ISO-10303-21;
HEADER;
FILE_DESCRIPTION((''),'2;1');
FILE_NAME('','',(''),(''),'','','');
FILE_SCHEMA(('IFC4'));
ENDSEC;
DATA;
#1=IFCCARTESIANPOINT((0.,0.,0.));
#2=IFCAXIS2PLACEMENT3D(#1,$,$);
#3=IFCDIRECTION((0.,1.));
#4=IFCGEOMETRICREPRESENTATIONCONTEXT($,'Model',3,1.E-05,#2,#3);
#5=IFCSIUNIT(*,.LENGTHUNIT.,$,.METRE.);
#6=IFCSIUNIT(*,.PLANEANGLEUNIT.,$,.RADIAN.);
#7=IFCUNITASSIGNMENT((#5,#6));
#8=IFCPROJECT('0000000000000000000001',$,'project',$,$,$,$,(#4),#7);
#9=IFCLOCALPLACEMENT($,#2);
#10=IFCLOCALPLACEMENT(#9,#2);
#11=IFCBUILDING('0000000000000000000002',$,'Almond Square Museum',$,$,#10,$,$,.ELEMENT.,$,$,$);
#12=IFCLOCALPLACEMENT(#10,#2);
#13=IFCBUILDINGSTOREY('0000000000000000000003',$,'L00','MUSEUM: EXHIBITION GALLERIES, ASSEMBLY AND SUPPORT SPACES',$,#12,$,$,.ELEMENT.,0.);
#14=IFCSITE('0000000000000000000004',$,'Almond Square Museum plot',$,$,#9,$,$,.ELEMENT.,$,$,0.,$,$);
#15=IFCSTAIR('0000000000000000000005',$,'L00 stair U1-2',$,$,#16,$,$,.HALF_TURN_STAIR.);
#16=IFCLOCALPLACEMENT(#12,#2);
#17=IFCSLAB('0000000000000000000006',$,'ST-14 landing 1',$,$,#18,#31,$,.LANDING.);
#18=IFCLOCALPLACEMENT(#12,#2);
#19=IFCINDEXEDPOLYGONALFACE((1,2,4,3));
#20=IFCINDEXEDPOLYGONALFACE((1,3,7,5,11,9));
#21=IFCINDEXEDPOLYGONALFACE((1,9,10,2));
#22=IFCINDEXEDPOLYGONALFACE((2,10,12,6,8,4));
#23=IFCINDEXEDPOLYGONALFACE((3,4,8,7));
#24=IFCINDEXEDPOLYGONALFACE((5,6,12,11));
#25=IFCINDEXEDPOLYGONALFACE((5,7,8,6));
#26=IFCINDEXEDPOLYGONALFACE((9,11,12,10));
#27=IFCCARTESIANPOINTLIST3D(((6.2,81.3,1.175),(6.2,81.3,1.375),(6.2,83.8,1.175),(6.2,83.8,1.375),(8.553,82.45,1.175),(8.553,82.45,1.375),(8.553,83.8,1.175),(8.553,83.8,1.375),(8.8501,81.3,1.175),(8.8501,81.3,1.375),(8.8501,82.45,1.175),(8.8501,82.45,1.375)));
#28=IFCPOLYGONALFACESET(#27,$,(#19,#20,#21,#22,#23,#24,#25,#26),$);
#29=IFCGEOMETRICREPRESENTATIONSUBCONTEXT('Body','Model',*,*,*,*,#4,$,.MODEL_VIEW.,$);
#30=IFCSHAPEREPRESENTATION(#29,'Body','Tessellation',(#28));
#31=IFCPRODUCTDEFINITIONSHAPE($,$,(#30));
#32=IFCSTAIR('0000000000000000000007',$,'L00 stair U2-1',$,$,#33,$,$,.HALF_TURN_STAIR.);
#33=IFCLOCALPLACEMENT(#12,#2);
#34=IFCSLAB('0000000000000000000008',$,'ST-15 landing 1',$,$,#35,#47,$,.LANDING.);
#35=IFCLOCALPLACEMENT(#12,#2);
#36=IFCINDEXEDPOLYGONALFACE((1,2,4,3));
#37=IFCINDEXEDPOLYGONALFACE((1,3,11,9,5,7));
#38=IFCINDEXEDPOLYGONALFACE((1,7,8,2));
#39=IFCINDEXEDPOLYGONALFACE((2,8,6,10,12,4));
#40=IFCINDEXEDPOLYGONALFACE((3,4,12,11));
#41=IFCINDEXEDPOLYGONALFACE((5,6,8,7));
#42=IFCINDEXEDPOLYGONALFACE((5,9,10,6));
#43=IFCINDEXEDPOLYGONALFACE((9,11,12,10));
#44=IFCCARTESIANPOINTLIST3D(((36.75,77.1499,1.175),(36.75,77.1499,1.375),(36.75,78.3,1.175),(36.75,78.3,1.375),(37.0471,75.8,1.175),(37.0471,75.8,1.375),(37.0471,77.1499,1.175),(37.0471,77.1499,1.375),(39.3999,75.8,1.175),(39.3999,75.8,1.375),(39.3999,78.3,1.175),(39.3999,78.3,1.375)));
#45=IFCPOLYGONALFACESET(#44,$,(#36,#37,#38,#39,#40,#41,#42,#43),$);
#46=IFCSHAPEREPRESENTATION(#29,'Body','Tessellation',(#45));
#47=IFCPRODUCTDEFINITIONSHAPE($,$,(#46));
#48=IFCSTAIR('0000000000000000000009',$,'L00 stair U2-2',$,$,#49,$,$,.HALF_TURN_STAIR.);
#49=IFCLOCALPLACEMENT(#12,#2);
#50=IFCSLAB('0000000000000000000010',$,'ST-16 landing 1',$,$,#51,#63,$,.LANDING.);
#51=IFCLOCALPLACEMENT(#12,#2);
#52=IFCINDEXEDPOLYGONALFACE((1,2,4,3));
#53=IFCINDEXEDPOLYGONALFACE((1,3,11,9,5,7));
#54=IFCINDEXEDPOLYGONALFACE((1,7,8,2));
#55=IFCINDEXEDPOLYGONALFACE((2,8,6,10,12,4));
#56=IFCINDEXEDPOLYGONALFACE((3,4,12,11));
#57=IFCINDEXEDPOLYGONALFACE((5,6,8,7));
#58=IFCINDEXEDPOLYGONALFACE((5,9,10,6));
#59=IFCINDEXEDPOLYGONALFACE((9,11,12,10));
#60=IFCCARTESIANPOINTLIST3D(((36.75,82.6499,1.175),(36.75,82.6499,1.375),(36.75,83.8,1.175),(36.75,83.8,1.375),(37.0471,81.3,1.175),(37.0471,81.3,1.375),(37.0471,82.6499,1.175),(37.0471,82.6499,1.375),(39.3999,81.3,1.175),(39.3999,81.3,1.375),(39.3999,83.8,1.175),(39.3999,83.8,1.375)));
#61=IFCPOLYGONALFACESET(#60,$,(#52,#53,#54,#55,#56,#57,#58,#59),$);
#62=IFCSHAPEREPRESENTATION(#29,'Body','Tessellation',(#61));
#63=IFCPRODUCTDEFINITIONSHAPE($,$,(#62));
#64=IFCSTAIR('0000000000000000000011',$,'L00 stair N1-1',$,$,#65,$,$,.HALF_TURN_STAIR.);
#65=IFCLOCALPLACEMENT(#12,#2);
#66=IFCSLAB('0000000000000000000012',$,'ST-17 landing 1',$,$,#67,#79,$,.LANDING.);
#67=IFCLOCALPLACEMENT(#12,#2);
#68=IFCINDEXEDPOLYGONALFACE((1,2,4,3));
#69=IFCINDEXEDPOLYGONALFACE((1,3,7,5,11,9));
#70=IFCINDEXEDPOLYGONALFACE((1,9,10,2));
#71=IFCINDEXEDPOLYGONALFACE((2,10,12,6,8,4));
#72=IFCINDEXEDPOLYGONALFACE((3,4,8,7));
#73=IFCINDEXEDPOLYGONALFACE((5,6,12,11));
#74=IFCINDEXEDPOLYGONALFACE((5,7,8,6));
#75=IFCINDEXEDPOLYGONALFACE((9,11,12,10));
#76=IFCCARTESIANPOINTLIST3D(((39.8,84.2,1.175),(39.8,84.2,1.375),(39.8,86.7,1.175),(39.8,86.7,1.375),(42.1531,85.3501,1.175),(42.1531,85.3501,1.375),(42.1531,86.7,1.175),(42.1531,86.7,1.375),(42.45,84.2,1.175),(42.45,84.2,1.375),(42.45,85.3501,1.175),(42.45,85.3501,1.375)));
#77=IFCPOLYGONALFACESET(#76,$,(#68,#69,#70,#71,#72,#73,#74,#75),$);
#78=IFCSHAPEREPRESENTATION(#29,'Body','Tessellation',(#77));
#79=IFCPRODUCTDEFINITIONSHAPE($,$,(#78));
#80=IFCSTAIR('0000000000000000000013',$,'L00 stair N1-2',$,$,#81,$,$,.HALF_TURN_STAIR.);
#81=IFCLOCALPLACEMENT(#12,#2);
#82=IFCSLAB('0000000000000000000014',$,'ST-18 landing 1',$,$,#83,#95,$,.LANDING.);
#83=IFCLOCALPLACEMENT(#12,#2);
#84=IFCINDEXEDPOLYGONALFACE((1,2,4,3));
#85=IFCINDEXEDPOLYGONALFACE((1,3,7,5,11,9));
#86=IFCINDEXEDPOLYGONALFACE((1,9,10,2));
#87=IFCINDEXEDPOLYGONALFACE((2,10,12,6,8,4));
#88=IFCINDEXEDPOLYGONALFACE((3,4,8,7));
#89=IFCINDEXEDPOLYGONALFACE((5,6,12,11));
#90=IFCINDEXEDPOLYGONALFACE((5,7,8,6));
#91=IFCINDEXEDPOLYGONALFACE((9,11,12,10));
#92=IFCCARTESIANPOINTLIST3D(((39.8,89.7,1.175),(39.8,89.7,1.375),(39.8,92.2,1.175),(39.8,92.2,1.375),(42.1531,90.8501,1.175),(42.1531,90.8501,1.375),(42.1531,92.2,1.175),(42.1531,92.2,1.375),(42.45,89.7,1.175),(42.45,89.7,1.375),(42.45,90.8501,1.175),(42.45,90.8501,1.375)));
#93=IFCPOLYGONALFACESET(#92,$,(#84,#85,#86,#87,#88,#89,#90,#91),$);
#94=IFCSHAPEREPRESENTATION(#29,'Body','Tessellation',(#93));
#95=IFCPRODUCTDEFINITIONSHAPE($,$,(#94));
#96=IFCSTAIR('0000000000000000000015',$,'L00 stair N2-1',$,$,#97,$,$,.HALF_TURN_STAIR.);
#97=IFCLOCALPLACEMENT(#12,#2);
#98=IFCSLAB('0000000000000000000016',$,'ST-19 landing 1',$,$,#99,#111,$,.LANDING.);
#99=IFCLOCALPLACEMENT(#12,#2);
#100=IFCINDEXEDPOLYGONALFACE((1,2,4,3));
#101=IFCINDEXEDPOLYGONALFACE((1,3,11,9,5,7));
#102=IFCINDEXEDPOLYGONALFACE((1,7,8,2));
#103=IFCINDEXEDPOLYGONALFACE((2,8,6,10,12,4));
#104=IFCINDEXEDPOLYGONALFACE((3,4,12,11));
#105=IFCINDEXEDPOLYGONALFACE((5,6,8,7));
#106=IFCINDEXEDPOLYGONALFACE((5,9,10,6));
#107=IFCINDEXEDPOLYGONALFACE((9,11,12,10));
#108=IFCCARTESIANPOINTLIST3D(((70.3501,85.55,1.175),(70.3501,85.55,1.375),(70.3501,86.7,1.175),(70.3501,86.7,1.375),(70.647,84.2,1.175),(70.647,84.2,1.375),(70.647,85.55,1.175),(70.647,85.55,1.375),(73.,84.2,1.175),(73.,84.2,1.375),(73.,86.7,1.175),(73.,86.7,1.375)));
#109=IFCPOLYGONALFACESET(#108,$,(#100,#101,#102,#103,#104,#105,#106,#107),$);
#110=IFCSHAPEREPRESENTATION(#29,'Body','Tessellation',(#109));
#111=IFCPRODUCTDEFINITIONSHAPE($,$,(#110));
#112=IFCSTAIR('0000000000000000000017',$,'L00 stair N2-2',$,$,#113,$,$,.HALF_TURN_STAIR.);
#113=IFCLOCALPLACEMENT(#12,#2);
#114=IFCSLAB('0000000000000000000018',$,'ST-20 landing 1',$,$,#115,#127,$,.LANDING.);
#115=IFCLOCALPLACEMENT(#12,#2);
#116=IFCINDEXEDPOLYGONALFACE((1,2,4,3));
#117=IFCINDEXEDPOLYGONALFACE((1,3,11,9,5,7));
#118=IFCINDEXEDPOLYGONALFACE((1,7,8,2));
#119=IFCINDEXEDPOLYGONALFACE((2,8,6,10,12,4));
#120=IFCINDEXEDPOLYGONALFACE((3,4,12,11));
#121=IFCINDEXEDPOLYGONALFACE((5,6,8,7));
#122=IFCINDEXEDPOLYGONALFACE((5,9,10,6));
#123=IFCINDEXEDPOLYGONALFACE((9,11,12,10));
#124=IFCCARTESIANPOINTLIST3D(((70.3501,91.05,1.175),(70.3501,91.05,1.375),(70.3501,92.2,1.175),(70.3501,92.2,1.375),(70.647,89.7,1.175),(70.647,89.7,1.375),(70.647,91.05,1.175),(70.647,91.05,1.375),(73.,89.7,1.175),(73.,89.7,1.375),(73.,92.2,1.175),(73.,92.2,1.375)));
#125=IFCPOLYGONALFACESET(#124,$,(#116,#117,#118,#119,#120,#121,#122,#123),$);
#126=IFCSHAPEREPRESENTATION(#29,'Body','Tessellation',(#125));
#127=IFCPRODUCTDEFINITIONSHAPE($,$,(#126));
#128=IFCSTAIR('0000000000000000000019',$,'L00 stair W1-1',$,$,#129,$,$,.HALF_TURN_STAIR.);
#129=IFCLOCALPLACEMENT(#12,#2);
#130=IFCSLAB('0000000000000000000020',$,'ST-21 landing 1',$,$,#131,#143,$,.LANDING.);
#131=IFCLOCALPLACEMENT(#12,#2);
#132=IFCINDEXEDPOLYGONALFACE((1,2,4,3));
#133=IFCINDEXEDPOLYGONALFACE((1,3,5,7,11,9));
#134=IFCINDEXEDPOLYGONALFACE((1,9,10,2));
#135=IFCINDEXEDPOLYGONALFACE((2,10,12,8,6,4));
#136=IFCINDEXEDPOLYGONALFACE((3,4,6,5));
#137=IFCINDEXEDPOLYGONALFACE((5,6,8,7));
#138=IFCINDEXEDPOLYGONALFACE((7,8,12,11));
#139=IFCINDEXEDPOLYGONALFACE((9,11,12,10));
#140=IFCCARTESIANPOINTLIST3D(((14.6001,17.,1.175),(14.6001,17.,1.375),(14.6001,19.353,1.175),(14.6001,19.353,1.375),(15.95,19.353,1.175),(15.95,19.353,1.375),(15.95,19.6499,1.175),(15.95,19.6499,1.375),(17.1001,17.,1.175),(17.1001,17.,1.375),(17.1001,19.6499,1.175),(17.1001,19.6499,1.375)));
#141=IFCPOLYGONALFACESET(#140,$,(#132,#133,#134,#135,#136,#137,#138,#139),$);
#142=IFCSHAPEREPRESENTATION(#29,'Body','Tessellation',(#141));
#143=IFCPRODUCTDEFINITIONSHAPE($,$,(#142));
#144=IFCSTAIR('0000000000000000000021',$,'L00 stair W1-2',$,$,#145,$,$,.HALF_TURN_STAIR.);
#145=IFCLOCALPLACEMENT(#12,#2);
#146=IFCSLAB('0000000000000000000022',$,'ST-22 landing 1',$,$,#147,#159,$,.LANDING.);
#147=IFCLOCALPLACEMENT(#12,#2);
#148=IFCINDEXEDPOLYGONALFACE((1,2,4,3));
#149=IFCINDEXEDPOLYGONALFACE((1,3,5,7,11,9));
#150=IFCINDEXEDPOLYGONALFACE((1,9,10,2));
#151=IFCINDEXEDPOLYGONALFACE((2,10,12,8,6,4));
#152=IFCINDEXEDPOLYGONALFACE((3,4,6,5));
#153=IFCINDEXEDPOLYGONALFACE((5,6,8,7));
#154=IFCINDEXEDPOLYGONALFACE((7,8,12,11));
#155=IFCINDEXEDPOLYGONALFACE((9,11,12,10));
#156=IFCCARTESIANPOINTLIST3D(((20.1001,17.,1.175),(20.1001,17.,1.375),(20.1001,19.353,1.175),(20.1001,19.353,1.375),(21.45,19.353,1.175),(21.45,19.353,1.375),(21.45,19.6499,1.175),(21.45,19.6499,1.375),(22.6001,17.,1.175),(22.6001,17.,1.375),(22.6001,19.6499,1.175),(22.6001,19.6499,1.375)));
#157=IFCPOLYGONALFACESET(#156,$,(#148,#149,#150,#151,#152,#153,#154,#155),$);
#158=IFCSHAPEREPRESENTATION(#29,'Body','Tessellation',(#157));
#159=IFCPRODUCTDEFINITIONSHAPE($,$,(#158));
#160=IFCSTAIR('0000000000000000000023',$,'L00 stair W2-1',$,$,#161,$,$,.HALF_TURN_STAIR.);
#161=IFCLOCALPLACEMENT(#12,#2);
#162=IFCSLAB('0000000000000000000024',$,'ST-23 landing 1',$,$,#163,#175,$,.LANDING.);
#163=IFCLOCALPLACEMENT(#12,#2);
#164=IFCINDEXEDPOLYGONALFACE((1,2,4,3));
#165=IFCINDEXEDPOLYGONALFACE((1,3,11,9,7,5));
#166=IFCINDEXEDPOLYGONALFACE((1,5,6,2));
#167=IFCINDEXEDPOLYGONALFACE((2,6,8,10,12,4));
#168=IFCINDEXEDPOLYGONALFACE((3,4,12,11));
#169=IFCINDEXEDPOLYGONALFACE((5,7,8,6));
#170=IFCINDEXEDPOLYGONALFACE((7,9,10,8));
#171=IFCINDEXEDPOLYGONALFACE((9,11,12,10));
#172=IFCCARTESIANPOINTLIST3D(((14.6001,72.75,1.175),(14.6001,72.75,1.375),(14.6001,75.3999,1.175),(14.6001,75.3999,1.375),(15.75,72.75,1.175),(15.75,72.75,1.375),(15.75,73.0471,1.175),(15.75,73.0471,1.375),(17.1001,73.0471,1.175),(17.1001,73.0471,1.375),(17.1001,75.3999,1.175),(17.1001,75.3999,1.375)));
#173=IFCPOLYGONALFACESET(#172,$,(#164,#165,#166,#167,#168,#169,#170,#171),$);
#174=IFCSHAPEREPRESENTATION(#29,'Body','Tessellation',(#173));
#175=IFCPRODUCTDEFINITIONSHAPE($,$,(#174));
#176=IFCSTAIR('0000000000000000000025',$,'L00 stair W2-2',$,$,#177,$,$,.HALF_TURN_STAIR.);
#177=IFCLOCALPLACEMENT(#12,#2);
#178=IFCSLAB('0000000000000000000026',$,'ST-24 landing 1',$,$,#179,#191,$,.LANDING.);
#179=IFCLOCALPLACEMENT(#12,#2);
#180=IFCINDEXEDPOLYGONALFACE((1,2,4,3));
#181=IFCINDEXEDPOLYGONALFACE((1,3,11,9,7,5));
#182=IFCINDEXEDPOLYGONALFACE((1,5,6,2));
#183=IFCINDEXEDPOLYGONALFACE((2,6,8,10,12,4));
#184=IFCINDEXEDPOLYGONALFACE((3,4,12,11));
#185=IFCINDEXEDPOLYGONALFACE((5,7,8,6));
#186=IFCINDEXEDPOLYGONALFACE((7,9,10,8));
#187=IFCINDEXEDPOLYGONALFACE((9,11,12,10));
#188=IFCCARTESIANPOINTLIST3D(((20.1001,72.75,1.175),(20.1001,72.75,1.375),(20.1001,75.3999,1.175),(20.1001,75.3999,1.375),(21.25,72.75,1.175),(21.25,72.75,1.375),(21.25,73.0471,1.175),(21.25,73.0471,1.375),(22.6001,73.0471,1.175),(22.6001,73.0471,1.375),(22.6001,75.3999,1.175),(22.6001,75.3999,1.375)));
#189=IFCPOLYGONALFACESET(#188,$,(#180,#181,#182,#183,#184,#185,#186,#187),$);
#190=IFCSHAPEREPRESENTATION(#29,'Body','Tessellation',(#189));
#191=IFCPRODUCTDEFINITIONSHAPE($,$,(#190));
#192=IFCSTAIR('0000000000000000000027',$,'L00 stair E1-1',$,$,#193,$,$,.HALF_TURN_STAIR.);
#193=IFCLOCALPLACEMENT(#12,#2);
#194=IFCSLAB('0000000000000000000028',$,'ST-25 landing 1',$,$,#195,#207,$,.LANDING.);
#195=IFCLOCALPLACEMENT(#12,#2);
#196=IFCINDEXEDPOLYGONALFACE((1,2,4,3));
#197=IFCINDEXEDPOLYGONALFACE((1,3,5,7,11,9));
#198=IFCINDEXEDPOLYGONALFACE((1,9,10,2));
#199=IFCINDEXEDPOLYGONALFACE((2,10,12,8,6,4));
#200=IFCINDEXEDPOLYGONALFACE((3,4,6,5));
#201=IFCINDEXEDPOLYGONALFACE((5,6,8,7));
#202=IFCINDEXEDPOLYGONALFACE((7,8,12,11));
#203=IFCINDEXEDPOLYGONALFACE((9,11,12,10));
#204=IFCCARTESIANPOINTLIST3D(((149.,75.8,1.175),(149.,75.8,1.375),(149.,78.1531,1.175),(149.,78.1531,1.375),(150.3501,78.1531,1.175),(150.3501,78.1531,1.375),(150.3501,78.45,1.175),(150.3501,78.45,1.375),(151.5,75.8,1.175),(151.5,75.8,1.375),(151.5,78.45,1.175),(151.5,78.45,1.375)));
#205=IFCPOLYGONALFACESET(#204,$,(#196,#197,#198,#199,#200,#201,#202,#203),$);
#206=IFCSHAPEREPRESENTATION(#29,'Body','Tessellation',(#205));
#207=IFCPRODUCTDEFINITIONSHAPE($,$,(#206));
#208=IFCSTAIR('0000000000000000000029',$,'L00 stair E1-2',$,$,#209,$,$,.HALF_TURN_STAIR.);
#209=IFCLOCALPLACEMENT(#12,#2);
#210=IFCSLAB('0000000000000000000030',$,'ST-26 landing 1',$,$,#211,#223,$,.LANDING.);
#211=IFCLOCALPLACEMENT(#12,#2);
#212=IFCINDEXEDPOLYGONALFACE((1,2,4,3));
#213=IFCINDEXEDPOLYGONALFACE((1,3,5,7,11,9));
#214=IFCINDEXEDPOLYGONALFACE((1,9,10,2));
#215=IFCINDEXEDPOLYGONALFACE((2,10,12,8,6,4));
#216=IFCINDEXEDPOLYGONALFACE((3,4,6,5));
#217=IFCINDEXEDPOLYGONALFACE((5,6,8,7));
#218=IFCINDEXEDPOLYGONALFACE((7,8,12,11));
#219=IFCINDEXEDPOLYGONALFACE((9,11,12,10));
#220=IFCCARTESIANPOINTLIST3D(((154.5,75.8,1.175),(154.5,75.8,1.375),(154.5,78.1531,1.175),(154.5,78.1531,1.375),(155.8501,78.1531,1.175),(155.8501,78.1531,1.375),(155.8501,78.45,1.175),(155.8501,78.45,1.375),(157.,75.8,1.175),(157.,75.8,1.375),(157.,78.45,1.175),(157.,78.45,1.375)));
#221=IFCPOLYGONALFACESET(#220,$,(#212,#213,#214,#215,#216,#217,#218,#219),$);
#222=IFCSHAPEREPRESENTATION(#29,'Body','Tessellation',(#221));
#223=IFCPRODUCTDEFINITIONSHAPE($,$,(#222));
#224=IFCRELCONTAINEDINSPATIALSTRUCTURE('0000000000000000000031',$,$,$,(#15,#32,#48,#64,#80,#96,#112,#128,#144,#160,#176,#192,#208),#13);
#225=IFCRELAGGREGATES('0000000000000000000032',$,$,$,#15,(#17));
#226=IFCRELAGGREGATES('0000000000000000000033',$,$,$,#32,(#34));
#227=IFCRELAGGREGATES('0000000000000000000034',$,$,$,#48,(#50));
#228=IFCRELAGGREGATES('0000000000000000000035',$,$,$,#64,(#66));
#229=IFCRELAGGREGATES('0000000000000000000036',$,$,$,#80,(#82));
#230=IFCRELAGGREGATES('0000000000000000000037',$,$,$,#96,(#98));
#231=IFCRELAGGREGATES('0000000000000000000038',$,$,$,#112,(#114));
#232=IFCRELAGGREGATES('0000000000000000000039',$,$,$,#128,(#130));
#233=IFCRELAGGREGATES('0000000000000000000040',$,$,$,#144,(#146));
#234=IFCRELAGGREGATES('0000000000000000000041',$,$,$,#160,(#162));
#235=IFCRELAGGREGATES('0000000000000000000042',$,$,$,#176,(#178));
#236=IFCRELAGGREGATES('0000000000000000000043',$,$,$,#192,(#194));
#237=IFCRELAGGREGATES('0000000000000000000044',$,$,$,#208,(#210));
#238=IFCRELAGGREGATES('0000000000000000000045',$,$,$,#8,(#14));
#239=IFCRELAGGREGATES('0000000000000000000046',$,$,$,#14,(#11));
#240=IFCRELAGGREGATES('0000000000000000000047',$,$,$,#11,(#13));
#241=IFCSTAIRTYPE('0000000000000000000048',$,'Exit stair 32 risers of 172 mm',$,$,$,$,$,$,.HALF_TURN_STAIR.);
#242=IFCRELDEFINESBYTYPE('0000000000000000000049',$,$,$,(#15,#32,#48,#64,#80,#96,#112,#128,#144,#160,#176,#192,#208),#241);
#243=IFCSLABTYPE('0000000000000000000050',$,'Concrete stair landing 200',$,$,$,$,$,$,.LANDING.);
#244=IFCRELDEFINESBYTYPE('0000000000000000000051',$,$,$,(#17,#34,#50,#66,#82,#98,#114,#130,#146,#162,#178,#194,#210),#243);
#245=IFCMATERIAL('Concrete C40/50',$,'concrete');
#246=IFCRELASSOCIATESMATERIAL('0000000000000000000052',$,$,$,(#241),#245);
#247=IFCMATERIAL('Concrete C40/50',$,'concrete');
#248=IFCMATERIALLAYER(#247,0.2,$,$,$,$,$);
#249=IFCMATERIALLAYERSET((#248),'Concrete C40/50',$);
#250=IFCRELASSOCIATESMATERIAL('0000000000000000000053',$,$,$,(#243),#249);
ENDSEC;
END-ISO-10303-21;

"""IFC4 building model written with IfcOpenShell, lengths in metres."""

from ifc_helpers import new_model, si_unit, direction, frame, origin, place, context, subcontext, project, spatial, polyline, outline, extrude, material, layer, layer_set, type_object, element, aggregate, save


model = new_model("IFC4")

# Units and contexts
model_context = context("Model", 3, precision=1e-05, world=origin(), true_north=direction((0.0, 1.0)))
body_context = subcontext(model_context, "Body", "Model", "MODEL_VIEW")
ifc_project = project(units=[si_unit("LENGTHUNIT", "METRE"), si_unit("PLANEANGLEUNIT", "RADIAN")], contexts=[model_context])

# Site, building, storey
site_placement = place(None, origin())
site = spatial("IfcSite", under=ifc_project, at=site_placement, Name="Almond Square Museum plot", CompositionType="ELEMENT", RefElevation=0.0)
building_placement = place(site_placement, origin())
building = spatial("IfcBuilding", under=site, at=building_placement, Name="Almond Square Museum", CompositionType="ELEMENT")
storey_placement = place(building_placement, origin())
storey = spatial("IfcBuildingStorey", under=building, at=storey_placement, Name="L00", Description="MUSEUM: EXHIBITION GALLERIES, ASSEMBLY AND SUPPORT SPACES", CompositionType="ELEMENT", Elevation=0.0)

# Stairs, slabs
ifc_material_1 = material(Name="Concrete C40/50", Category="concrete")
stair_type = type_object("IfcStairType", Name="Exit stair 32 risers of 172 mm", PredefinedType="HALF_TURN_STAIR", material=ifc_material_1)
ifc_material_2 = material(Name="Concrete C40/50", Category="concrete")
ifc_layer = layer(ifc_material_2, 0.2)
ifc_layer_set = layer_set([ifc_layer], Name="Concrete C40/50")
slab_type = type_object("IfcSlabType", Name="Concrete stair landing 200", PredefinedType="LANDING", material=ifc_layer_set)
stair_1_placement = place(storey_placement, origin())
stair_1 = element("IfcStair", 1, at=stair_1_placement, inside=storey, type_object=stair_type, Name="L00 stair U1-2", PredefinedType="HALF_TURN_STAIR")
slab_1_placement = place(storey_placement, frame((0.0, 0.0, 1.175)))
slab_1 = element("IfcSlab", 2, at=slab_1_placement, type_object=slab_type, Name="ST-14 landing 1", PredefinedType="LANDING", context=body_context, shape_type="SweptSolid", body=[
    extrude(outline(polyline([(8.553, 83.8), (6.2, 83.8), (6.2, 81.3), (8.8501, 81.3), (8.8501, 82.45), (8.553, 82.45), (8.553, 83.8)])), origin(), (0.0, 0.0, 1.0), 0.2),
])
aggregate(stair_1, [slab_1])
stair_2_placement = place(storey_placement, origin())
stair_2 = element("IfcStair", 3, at=stair_2_placement, inside=storey, type_object=stair_type, Name="L00 stair U2-1", PredefinedType="HALF_TURN_STAIR")
slab_2_placement = place(storey_placement, frame((0.0, 0.0, 1.175)))
slab_2 = element("IfcSlab", 4, at=slab_2_placement, type_object=slab_type, Name="ST-15 landing 1", PredefinedType="LANDING", context=body_context, shape_type="SweptSolid", body=[
    extrude(outline(polyline([(37.0471, 75.8), (39.3999, 75.8), (39.3999, 78.3), (36.75, 78.3), (36.75, 77.1499), (37.0471, 77.1499), (37.0471, 75.8)])), origin(), (0.0, 0.0, 1.0), 0.2),
])
aggregate(stair_2, [slab_2])
stair_3_placement = place(storey_placement, origin())
stair_3 = element("IfcStair", 5, at=stair_3_placement, inside=storey, type_object=stair_type, Name="L00 stair U2-2", PredefinedType="HALF_TURN_STAIR")
slab_3_placement = place(storey_placement, frame((0.0, 0.0, 1.175)))
slab_3 = element("IfcSlab", 6, at=slab_3_placement, type_object=slab_type, Name="ST-16 landing 1", PredefinedType="LANDING", context=body_context, shape_type="SweptSolid", body=[
    extrude(outline(polyline([(37.0471, 81.3), (39.3999, 81.3), (39.3999, 83.8), (36.75, 83.8), (36.75, 82.6499), (37.0471, 82.6499), (37.0471, 81.3)])), origin(), (0.0, 0.0, 1.0), 0.2),
])
aggregate(stair_3, [slab_3])
stair_4_placement = place(storey_placement, origin())
stair_4 = element("IfcStair", 7, at=stair_4_placement, inside=storey, type_object=stair_type, Name="L00 stair N1-1", PredefinedType="HALF_TURN_STAIR")
slab_4_placement = place(storey_placement, frame((0.0, 0.0, 1.175)))
slab_4 = element("IfcSlab", 8, at=slab_4_placement, type_object=slab_type, Name="ST-17 landing 1", PredefinedType="LANDING", context=body_context, shape_type="SweptSolid", body=[
    extrude(outline(polyline([(42.1531, 86.7), (39.8, 86.7), (39.8, 84.2), (42.45, 84.2), (42.45, 85.3501), (42.1531, 85.3501), (42.1531, 86.7)])), origin(), (0.0, 0.0, 1.0), 0.2),
])
aggregate(stair_4, [slab_4])
stair_5_placement = place(storey_placement, origin())
stair_5 = element("IfcStair", 9, at=stair_5_placement, inside=storey, type_object=stair_type, Name="L00 stair N1-2", PredefinedType="HALF_TURN_STAIR")
slab_5_placement = place(storey_placement, frame((0.0, 0.0, 1.175)))
slab_5 = element("IfcSlab", 10, at=slab_5_placement, type_object=slab_type, Name="ST-18 landing 1", PredefinedType="LANDING", context=body_context, shape_type="SweptSolid", body=[
    extrude(outline(polyline([(42.1531, 92.2), (39.8, 92.2), (39.8, 89.7), (42.45, 89.7), (42.45, 90.8501), (42.1531, 90.8501), (42.1531, 92.2)])), origin(), (0.0, 0.0, 1.0), 0.2),
])
aggregate(stair_5, [slab_5])
stair_6_placement = place(storey_placement, origin())
stair_6 = element("IfcStair", 11, at=stair_6_placement, inside=storey, type_object=stair_type, Name="L00 stair N2-1", PredefinedType="HALF_TURN_STAIR")
slab_6_placement = place(storey_placement, frame((0.0, 0.0, 1.175)))
slab_6 = element("IfcSlab", 12, at=slab_6_placement, type_object=slab_type, Name="ST-19 landing 1", PredefinedType="LANDING", context=body_context, shape_type="SweptSolid", body=[
    extrude(outline(polyline([(70.647, 84.2), (73.0, 84.2), (73.0, 86.7), (70.3501, 86.7), (70.3501, 85.55), (70.647, 85.55), (70.647, 84.2)])), origin(), (0.0, 0.0, 1.0), 0.2),
])
aggregate(stair_6, [slab_6])
stair_7_placement = place(storey_placement, origin())
stair_7 = element("IfcStair", 13, at=stair_7_placement, inside=storey, type_object=stair_type, Name="L00 stair N2-2", PredefinedType="HALF_TURN_STAIR")
slab_7_placement = place(storey_placement, frame((0.0, 0.0, 1.175)))
slab_7 = element("IfcSlab", 14, at=slab_7_placement, type_object=slab_type, Name="ST-20 landing 1", PredefinedType="LANDING", context=body_context, shape_type="SweptSolid", body=[
    extrude(outline(polyline([(70.647, 89.7), (73.0, 89.7), (73.0, 92.2), (70.3501, 92.2), (70.3501, 91.05), (70.647, 91.05), (70.647, 89.7)])), origin(), (0.0, 0.0, 1.0), 0.2),
])
aggregate(stair_7, [slab_7])
stair_8_placement = place(storey_placement, origin())
stair_8 = element("IfcStair", 15, at=stair_8_placement, inside=storey, type_object=stair_type, Name="L00 stair W1-1", PredefinedType="HALF_TURN_STAIR")
slab_8_placement = place(storey_placement, frame((0.0, 0.0, 1.175)))
slab_8 = element("IfcSlab", 16, at=slab_8_placement, type_object=slab_type, Name="ST-21 landing 1", PredefinedType="LANDING", context=body_context, shape_type="SweptSolid", body=[
    extrude(outline(polyline([(14.6001, 19.353), (14.6001, 17.0), (17.1001, 17.0), (17.1001, 19.6499), (15.95, 19.6499), (15.95, 19.353), (14.6001, 19.353)])), origin(), (0.0, 0.0, 1.0), 0.2),
])
aggregate(stair_8, [slab_8])
stair_9_placement = place(storey_placement, origin())
stair_9 = element("IfcStair", 17, at=stair_9_placement, inside=storey, type_object=stair_type, Name="L00 stair W1-2", PredefinedType="HALF_TURN_STAIR")
slab_9_placement = place(storey_placement, frame((0.0, 0.0, 1.175)))
slab_9 = element("IfcSlab", 18, at=slab_9_placement, type_object=slab_type, Name="ST-22 landing 1", PredefinedType="LANDING", context=body_context, shape_type="SweptSolid", body=[
    extrude(outline(polyline([(20.1001, 19.353), (20.1001, 17.0), (22.6001, 17.0), (22.6001, 19.6499), (21.45, 19.6499), (21.45, 19.353), (20.1001, 19.353)])), origin(), (0.0, 0.0, 1.0), 0.2),
])
aggregate(stair_9, [slab_9])
stair_10_placement = place(storey_placement, origin())
stair_10 = element("IfcStair", 19, at=stair_10_placement, inside=storey, type_object=stair_type, Name="L00 stair W2-1", PredefinedType="HALF_TURN_STAIR")
slab_10_placement = place(storey_placement, frame((0.0, 0.0, 1.175)))
slab_10 = element("IfcSlab", 20, at=slab_10_placement, type_object=slab_type, Name="ST-23 landing 1", PredefinedType="LANDING", context=body_context, shape_type="SweptSolid", body=[
    extrude(outline(polyline([(17.1001, 73.0471), (17.1001, 75.3999), (14.6001, 75.3999), (14.6001, 72.75), (15.75, 72.75), (15.75, 73.0471), (17.1001, 73.0471)])), origin(), (0.0, 0.0, 1.0), 0.2),
])
aggregate(stair_10, [slab_10])
stair_11_placement = place(storey_placement, origin())
stair_11 = element("IfcStair", 21, at=stair_11_placement, inside=storey, type_object=stair_type, Name="L00 stair W2-2", PredefinedType="HALF_TURN_STAIR")
slab_11_placement = place(storey_placement, frame((0.0, 0.0, 1.175)))
slab_11 = element("IfcSlab", 22, at=slab_11_placement, type_object=slab_type, Name="ST-24 landing 1", PredefinedType="LANDING", context=body_context, shape_type="SweptSolid", body=[
    extrude(outline(polyline([(22.6001, 73.0471), (22.6001, 75.3999), (20.1001, 75.3999), (20.1001, 72.75), (21.25, 72.75), (21.25, 73.0471), (22.6001, 73.0471)])), origin(), (0.0, 0.0, 1.0), 0.2),
])
aggregate(stair_11, [slab_11])
stair_12_placement = place(storey_placement, origin())
stair_12 = element("IfcStair", 23, at=stair_12_placement, inside=storey, type_object=stair_type, Name="L00 stair E1-1", PredefinedType="HALF_TURN_STAIR")
slab_12_placement = place(storey_placement, frame((0.0, 0.0, 1.175)))
slab_12 = element("IfcSlab", 24, at=slab_12_placement, type_object=slab_type, Name="ST-25 landing 1", PredefinedType="LANDING", context=body_context, shape_type="SweptSolid", body=[
    extrude(outline(polyline([(149.0, 78.1531), (149.0, 75.8), (151.5, 75.8), (151.5, 78.45), (150.3501, 78.45), (150.3501, 78.1531), (149.0, 78.1531)])), origin(), (0.0, 0.0, 1.0), 0.2),
])
aggregate(stair_12, [slab_12])
stair_13_placement = place(storey_placement, origin())
stair_13 = element("IfcStair", 25, at=stair_13_placement, inside=storey, type_object=stair_type, Name="L00 stair E1-2", PredefinedType="HALF_TURN_STAIR")
slab_13_placement = place(storey_placement, frame((0.0, 0.0, 1.175)))
slab_13 = element("IfcSlab", 26, at=slab_13_placement, type_object=slab_type, Name="ST-26 landing 1", PredefinedType="LANDING", context=body_context, shape_type="SweptSolid", body=[
    extrude(outline(polyline([(154.5, 78.1531), (154.5, 75.8), (157.0, 75.8), (157.0, 78.45), (155.8501, 78.45), (155.8501, 78.1531), (154.5, 78.1531)])), origin(), (0.0, 0.0, 1.0), 0.2),
])
aggregate(stair_13, [slab_13])

save(model, "model.ifc")
